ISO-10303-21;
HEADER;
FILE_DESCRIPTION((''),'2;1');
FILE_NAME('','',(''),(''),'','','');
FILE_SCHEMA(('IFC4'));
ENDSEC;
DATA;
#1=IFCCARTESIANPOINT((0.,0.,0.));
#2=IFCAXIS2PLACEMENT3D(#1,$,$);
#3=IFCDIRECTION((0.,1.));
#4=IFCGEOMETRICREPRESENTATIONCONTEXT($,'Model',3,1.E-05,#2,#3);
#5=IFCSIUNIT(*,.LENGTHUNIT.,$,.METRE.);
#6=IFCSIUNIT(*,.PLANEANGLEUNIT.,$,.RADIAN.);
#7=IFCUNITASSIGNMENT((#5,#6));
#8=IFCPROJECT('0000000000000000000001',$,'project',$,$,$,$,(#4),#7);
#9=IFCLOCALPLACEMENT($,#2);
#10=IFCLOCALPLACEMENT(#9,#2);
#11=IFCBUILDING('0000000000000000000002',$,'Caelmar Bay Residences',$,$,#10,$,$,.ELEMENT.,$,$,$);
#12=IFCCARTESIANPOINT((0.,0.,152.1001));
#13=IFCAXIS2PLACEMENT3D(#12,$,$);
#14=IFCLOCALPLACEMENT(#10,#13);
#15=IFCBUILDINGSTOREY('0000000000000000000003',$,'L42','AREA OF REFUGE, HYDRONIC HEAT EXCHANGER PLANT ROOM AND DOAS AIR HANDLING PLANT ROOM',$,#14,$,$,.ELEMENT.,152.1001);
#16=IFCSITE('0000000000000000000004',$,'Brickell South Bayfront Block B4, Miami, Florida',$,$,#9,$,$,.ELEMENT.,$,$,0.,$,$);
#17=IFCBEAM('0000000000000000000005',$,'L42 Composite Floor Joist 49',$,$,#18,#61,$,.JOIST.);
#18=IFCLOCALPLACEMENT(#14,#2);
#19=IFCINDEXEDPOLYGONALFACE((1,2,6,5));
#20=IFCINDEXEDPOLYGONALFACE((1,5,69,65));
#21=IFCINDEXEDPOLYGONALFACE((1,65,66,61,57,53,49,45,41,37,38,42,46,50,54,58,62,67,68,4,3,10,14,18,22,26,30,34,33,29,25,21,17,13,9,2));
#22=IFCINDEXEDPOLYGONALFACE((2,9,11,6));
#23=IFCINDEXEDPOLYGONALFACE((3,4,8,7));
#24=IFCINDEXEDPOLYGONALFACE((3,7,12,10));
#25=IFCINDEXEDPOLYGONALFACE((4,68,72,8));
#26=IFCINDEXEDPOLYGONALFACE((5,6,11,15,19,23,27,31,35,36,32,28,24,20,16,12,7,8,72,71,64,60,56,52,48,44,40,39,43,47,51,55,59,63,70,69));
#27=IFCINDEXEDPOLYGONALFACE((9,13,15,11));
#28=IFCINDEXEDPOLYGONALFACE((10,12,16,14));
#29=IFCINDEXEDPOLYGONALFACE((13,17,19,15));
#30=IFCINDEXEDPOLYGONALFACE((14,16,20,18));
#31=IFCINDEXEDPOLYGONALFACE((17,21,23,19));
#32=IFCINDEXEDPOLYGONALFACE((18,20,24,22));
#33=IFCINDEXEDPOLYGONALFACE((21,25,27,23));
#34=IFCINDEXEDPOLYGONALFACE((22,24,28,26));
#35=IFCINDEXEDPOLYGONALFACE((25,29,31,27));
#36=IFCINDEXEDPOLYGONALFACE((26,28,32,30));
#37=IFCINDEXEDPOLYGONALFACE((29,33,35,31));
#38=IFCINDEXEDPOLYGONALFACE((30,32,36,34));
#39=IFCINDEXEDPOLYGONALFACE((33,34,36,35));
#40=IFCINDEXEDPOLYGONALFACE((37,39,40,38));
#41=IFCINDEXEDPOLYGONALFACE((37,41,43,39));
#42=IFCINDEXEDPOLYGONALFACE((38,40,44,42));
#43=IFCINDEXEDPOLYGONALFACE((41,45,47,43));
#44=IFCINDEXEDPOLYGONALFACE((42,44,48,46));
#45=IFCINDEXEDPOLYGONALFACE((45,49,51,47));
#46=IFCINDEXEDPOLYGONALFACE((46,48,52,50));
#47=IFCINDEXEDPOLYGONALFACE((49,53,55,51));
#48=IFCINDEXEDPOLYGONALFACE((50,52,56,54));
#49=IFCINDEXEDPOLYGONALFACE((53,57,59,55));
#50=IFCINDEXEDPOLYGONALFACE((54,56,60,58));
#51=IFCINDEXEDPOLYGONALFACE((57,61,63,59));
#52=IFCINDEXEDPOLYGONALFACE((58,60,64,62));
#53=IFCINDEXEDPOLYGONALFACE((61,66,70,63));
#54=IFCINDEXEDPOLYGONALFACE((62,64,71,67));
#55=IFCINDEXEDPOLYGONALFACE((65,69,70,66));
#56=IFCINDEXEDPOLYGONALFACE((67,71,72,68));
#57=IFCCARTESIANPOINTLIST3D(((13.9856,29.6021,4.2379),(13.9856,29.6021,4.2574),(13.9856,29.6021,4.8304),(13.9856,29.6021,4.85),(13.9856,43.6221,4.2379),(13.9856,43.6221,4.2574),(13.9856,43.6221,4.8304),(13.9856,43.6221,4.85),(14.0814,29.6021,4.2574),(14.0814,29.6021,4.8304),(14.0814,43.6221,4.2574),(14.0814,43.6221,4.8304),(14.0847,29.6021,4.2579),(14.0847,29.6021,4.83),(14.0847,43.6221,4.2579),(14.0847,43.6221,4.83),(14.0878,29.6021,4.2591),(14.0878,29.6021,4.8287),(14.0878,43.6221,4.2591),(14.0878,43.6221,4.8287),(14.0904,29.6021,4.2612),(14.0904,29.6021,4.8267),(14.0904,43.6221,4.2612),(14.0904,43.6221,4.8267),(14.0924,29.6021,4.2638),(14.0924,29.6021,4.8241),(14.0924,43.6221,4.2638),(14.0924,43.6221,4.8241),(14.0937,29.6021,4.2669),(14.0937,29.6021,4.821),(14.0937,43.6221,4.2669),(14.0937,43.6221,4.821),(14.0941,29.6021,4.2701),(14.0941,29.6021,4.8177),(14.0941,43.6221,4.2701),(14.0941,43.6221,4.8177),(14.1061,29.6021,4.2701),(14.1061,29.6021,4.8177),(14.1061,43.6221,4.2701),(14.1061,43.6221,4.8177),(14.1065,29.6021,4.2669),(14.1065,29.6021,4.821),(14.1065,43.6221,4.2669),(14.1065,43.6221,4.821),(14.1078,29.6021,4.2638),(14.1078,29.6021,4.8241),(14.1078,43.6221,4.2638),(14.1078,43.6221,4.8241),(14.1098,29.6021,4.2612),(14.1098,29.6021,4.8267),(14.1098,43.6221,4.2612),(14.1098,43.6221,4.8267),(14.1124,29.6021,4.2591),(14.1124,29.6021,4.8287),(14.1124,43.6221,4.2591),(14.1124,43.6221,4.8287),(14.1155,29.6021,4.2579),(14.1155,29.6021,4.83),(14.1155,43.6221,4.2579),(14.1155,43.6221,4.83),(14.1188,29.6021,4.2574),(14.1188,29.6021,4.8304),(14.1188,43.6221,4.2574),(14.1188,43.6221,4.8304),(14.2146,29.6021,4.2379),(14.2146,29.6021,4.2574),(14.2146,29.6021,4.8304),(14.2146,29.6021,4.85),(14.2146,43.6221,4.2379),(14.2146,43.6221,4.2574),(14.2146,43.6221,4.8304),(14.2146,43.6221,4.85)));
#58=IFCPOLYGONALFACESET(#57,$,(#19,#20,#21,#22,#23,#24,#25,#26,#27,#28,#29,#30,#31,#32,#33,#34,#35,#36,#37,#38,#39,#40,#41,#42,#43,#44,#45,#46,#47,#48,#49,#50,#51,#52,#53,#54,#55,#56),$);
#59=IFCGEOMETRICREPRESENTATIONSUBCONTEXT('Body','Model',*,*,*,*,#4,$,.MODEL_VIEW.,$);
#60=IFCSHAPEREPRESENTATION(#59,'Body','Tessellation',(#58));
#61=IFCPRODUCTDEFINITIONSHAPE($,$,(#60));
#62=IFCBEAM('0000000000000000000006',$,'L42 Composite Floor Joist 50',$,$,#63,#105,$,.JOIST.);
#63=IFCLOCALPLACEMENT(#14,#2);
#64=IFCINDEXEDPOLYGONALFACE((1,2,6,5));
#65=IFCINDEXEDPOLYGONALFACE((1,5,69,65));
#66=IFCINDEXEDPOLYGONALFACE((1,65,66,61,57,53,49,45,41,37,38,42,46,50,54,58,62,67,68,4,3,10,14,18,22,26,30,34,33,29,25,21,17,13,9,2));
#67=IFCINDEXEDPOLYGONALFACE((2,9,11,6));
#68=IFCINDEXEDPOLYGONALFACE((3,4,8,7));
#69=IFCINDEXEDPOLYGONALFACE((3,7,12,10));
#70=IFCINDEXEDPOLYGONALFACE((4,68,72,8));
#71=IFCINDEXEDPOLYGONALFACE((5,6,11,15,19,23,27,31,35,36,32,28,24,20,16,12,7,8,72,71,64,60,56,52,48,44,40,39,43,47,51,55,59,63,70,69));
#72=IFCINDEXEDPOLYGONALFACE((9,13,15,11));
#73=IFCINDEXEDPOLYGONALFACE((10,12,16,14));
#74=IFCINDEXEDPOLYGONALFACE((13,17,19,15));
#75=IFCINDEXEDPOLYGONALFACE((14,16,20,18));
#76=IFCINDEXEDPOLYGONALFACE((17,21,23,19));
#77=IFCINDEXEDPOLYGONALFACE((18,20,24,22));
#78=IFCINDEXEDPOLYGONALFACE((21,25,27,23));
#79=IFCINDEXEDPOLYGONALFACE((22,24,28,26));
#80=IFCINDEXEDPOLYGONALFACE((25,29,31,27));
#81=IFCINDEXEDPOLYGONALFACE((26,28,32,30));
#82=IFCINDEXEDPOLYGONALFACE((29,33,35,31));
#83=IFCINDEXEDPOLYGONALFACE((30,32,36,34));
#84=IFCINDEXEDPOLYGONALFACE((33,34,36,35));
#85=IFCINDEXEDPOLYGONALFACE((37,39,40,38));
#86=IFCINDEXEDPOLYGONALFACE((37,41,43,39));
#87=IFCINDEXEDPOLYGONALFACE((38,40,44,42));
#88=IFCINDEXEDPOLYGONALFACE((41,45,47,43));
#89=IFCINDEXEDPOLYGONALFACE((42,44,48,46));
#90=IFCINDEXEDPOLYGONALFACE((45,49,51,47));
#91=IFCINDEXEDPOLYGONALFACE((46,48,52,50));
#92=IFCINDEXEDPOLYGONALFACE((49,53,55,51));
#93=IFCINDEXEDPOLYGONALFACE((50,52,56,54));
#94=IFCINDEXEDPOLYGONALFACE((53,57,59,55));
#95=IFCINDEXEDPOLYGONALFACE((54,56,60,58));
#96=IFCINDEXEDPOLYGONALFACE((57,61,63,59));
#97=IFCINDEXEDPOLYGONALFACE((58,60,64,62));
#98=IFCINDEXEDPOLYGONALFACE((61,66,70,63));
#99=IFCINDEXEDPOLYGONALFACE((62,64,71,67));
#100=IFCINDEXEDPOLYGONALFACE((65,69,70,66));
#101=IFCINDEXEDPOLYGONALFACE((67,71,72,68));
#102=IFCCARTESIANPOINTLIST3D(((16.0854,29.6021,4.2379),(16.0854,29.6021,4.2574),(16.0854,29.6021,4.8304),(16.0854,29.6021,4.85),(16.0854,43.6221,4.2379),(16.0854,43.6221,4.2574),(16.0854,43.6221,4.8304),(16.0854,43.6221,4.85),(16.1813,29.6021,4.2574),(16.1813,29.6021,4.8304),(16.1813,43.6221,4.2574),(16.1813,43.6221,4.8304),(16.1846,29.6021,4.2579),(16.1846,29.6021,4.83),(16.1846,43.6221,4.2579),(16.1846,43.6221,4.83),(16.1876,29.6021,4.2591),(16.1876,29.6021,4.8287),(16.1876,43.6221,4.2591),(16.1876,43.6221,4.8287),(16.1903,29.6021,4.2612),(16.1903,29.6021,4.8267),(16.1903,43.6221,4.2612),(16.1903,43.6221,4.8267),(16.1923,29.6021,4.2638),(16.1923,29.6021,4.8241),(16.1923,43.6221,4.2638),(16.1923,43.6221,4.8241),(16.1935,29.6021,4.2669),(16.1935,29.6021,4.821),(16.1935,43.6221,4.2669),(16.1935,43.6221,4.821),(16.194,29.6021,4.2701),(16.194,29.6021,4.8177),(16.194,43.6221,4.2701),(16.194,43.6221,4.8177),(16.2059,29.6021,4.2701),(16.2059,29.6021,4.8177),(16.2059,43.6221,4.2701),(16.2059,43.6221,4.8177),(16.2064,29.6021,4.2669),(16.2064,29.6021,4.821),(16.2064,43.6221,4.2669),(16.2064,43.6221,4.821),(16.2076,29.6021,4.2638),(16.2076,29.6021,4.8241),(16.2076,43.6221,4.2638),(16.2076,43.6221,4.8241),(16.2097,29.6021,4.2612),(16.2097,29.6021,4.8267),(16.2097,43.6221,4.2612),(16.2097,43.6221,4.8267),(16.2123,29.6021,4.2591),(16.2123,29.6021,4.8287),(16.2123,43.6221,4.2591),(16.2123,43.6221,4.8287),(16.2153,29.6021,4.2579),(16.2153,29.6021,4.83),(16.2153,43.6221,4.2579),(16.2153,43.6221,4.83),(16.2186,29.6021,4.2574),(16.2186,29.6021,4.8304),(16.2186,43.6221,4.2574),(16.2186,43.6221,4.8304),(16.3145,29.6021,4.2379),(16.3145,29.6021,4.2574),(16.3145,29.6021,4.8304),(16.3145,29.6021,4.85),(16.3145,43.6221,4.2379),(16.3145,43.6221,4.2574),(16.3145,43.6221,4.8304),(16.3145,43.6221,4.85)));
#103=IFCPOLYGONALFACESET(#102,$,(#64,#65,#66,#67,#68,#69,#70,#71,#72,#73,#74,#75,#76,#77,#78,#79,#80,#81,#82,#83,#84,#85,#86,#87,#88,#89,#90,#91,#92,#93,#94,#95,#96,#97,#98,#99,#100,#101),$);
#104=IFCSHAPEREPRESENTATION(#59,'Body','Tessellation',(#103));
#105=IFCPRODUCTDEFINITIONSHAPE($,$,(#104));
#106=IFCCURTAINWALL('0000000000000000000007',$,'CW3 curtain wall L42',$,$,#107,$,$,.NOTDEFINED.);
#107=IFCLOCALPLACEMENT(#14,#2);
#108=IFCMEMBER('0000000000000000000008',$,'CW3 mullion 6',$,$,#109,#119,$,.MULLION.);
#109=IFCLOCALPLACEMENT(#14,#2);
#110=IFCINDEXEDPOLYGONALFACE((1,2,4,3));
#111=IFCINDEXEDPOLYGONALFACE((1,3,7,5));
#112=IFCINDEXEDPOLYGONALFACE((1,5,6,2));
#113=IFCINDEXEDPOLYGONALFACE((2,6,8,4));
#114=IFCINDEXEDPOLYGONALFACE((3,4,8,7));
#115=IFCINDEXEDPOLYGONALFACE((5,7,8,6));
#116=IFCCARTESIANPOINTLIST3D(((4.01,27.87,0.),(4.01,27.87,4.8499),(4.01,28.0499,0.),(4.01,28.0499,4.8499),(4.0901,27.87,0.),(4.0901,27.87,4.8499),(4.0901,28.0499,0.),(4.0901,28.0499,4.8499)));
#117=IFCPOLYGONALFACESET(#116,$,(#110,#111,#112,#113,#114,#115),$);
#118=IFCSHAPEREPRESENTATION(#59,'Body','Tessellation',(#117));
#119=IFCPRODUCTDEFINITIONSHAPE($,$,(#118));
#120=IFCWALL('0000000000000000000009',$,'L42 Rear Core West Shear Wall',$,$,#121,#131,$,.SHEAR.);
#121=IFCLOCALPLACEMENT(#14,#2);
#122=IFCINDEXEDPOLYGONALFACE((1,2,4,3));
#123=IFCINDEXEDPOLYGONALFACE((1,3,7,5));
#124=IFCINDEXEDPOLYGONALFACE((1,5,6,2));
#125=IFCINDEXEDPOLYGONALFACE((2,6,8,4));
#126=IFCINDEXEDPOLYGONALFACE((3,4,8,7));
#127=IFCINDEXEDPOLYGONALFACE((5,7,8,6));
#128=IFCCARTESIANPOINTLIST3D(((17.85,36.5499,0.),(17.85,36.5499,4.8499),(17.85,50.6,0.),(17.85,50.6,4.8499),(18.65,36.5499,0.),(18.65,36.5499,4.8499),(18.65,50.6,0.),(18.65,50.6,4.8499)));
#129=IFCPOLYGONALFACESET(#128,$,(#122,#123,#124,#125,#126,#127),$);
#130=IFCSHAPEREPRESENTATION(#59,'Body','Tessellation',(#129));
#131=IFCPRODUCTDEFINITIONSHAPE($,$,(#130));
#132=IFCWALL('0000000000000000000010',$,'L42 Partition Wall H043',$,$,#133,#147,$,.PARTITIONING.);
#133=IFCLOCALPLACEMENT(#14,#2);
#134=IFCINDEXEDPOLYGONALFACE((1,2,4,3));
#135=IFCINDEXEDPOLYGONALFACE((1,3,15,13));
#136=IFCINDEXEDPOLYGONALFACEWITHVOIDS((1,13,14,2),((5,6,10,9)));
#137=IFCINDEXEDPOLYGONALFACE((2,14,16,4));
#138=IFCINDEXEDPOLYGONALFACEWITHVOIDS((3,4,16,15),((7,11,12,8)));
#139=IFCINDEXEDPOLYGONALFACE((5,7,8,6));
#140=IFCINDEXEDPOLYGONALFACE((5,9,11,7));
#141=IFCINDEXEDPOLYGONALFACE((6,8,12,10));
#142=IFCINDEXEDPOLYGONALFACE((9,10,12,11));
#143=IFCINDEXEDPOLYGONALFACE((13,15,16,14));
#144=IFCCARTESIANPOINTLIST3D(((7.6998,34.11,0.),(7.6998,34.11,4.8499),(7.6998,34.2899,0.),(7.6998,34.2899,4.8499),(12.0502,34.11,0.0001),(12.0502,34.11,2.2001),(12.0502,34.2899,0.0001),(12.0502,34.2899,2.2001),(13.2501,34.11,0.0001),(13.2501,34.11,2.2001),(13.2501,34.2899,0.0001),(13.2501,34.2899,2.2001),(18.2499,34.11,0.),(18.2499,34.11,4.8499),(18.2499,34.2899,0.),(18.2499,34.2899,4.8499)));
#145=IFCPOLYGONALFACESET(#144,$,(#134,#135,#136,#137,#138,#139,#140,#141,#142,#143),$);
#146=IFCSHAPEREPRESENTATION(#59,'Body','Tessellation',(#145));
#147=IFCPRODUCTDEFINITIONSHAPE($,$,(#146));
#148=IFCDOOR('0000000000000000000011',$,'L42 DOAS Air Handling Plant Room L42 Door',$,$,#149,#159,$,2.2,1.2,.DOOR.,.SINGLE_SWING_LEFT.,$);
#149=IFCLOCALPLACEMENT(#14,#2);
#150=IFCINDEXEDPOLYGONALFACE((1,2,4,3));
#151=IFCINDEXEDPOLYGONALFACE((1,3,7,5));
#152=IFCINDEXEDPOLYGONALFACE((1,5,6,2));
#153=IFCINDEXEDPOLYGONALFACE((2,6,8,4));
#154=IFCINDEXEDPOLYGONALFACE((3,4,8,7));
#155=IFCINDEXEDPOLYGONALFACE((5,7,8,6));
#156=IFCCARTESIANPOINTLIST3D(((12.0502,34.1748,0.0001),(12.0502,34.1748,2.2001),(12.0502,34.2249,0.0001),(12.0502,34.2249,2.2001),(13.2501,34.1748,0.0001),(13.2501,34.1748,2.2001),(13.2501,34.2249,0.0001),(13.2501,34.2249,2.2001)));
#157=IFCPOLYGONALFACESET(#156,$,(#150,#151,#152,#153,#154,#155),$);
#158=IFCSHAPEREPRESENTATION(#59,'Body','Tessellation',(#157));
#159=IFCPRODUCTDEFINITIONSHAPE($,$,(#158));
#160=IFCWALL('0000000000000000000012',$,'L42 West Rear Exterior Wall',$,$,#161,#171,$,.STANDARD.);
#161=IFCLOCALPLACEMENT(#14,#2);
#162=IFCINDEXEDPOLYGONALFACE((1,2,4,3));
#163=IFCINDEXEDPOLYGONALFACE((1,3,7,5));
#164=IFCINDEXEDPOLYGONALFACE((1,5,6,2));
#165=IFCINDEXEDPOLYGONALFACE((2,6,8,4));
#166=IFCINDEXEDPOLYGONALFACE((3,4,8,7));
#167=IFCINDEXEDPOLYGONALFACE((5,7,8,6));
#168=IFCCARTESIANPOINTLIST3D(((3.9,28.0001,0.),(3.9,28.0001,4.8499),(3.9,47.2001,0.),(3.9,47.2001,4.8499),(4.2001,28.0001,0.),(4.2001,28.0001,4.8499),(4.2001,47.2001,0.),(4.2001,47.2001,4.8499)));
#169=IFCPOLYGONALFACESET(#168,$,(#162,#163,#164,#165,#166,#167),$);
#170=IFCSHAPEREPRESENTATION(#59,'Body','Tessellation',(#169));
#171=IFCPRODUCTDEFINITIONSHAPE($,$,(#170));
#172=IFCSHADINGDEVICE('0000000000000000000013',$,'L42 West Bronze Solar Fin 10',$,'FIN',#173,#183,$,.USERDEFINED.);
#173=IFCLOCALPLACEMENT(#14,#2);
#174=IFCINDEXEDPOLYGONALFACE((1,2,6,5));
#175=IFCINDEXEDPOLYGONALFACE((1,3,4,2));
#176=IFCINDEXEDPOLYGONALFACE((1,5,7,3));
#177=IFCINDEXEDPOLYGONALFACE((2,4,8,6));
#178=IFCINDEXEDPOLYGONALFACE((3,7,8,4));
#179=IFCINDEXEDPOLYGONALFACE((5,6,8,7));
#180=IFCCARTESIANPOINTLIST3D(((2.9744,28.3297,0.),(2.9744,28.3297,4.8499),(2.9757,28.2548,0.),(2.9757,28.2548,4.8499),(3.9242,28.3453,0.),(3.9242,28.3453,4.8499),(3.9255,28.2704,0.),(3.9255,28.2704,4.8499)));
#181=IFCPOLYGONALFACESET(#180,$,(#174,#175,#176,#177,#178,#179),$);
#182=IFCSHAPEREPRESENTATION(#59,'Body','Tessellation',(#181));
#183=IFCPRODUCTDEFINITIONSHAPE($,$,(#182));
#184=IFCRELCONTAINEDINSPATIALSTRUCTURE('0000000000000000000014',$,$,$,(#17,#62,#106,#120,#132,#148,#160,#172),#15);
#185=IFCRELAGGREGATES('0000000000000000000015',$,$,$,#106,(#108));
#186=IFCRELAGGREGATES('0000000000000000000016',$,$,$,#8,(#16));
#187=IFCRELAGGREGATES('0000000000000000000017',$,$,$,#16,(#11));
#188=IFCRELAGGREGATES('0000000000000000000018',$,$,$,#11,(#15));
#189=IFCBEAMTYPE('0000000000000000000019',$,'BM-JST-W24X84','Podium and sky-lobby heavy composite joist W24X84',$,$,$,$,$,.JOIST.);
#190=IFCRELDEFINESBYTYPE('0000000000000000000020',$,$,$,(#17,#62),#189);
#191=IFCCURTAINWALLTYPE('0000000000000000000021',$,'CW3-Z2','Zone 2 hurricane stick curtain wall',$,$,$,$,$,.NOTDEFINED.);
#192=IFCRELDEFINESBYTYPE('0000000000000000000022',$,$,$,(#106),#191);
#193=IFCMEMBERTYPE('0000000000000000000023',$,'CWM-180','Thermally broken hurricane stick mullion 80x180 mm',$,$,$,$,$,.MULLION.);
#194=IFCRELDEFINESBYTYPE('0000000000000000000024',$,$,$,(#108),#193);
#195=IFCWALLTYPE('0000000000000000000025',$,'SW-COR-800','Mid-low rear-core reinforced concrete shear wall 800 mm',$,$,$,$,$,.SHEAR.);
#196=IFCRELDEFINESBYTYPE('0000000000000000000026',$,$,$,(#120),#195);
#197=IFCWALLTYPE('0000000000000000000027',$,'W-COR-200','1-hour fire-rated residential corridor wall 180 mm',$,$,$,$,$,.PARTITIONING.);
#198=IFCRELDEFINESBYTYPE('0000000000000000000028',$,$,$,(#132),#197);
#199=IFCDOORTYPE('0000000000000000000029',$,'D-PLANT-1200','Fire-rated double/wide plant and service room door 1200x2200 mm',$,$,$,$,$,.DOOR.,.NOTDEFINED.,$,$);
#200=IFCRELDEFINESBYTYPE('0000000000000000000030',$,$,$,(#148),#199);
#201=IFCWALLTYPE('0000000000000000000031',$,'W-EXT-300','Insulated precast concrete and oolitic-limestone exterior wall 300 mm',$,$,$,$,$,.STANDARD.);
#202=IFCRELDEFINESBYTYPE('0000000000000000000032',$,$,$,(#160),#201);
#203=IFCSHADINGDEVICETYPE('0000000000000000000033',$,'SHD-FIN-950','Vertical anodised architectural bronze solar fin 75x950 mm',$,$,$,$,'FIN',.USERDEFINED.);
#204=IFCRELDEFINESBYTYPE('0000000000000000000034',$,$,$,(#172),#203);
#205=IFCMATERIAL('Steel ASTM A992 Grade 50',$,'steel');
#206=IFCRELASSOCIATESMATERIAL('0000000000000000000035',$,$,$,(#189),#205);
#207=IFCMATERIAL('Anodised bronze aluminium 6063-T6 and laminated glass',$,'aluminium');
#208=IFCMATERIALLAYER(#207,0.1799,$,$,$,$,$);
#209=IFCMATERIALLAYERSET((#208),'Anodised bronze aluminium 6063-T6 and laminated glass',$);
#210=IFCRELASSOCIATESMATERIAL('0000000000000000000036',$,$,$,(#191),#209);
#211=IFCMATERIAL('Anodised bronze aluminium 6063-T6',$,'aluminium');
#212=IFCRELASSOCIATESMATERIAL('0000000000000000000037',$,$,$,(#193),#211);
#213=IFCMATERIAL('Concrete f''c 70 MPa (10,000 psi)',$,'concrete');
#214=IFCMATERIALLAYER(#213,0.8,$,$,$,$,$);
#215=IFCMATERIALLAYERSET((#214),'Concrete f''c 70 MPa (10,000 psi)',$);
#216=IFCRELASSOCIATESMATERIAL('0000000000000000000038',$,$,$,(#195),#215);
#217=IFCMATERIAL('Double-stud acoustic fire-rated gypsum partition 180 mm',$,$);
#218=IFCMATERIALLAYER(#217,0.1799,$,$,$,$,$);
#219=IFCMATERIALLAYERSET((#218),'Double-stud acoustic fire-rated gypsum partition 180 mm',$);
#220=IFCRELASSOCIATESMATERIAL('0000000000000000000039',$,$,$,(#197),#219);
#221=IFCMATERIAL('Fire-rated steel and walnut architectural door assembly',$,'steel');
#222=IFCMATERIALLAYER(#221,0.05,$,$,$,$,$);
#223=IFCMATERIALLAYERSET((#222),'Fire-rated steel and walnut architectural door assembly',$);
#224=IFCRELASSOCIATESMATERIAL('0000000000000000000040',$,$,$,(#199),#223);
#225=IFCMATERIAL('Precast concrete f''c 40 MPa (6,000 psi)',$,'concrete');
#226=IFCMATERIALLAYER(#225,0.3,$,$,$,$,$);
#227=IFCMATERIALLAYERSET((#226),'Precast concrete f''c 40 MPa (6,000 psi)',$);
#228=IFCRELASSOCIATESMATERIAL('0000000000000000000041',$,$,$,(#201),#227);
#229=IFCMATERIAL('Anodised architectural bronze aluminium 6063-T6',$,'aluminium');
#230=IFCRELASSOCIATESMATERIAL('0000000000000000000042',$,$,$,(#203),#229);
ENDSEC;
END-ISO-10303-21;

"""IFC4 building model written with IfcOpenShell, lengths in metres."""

from ifc_helpers import new_model, si_unit, direction, frame, frame_2d, origin, origin_2d, place, context, subcontext, project, spatial, rectangle, i_section, extrude, material, layer, layer_set, material_profile, profile_set, type_object, element, fill, aggregate, save


model = new_model("IFC4")

# Units and contexts
model_context = context("Model", 3, precision=1e-05, world=origin(), true_north=direction((0.0, 1.0)))
body_context = subcontext(model_context, "Body", "Model", "MODEL_VIEW")
ifc_project = project(units=[si_unit("LENGTHUNIT", "METRE"), si_unit("PLANEANGLEUNIT", "RADIAN")], contexts=[model_context])

# Site, building, storey
site_placement = place(None, origin())
site = spatial("IfcSite", under=ifc_project, at=site_placement, Name="Brickell South Bayfront Block B4, Miami, Florida", CompositionType="ELEMENT", RefElevation=0.0)
building_placement = place(site_placement, origin())
building = spatial("IfcBuilding", under=site, at=building_placement, Name="Caelmar Bay Residences", CompositionType="ELEMENT")
storey_placement = place(building_placement, frame((0.0, 0.0, 152.1001)))
storey = spatial("IfcBuildingStorey", under=building, at=storey_placement, Name="L42", Description="AREA OF REFUGE, HYDRONIC HEAT EXCHANGER PLANT ROOM AND DOAS AIR HANDLING PLANT ROOM", CompositionType="ELEMENT", Elevation=152.1001)

# Shared definitions
ifc_material_1 = material(Name="Concrete f'c 70 MPa (10,000 psi)", Category="concrete")

# Beams
ifc_material_2 = material(Name="Steel ASTM A992 Grade 50", Category="steel")
ifc_material_profile_1 = material_profile(ifc_material_2, i_section(OverallWidth=0.229, OverallDepth=0.6121, WebThickness=0.012, FlangeThickness=0.0195, FilletRadius=0.0127, at=origin_2d()), Name="W24X84")
ifc_profile_set_1 = profile_set([ifc_material_profile_1], Name="Steel ASTM A992 Grade 50")
beam_type_1 = type_object("IfcBeamType", Name="BM-JST-W24X84", Description="Podium and sky-lobby heavy composite joist W24X84", PredefinedType="JOIST", material=ifc_profile_set_1)
for number, where, z_axis, x_axis, name in (
    (1, (14.1001, 29.6021, 4.5439), (0.0, 1.0, 0.0), (-1.0, 0.0, 0.0), "L42 Composite Floor Joist 49"),
    (2, (16.2, 29.6021, 4.5439), (0.0, 1.0, 0.0), (-1.0, 0.0, 0.0), "L42 Composite Floor Joist 50"),
):
    element("IfcBeam", number, at=place(storey_placement, frame(where, z_axis=z_axis, x_axis=x_axis)), inside=storey, type_object=beam_type_1, Name=name, PredefinedType="JOIST", context=body_context, shape_type="SweptSolid", body=[
        extrude(i_section(OverallWidth=0.229, OverallDepth=0.6121, WebThickness=0.012, FlangeThickness=0.0195, FilletRadius=0.0127, at=origin_2d()), origin(), (0.0, 0.0, 1.0), 14.02),
    ])

# Curtain wall, member
ifc_material_3 = material(Name="Anodised bronze aluminium 6063-T6 and laminated glass", Category="aluminium")
ifc_layer_1 = layer(ifc_material_3, 0.1799)
ifc_layer_set_1 = layer_set([ifc_layer_1], Name="Anodised bronze aluminium 6063-T6 and laminated glass")
curtain_wall_type = type_object("IfcCurtainWallType", Name="CW3-Z2", Description="Zone 2 hurricane stick curtain wall", PredefinedType="NOTDEFINED", material=ifc_layer_set_1)
curtain_wall_placement = place(storey_placement, origin())
curtain_wall = element("IfcCurtainWall", 3, at=curtain_wall_placement, inside=storey, type_object=curtain_wall_type, Name="CW3 curtain wall L42", PredefinedType="NOTDEFINED")
ifc_material_4 = material(Name="Anodised bronze aluminium 6063-T6", Category="aluminium")
ifc_material_profile_2 = material_profile(ifc_material_4, rectangle(XDim=0.0801, YDim=0.1799, at=origin_2d()), Name="CWM-80X180")
ifc_profile_set_2 = profile_set([ifc_material_profile_2], Name="Anodised bronze aluminium 6063-T6")
member_type = type_object("IfcMemberType", Name="CWM-180", Description="Thermally broken hurricane stick mullion 80x180 mm", PredefinedType="MULLION", material=ifc_profile_set_2)
member_placement = place(storey_placement, frame((4.05, 27.96, 0.0), z_axis=(0.0, 0.0, 1.0), x_axis=(-1.0, 0.0, 0.0)))
member = element("IfcMember", 4, at=member_placement, type_object=member_type, Name="CW3 mullion 6", PredefinedType="MULLION", context=body_context, shape_type="SweptSolid", body=[
    extrude(rectangle(XDim=0.0801, YDim=0.1799, at=origin_2d()), origin(), (0.0, 0.0, 1.0), 4.8499),
])
aggregate(curtain_wall, [member])

# Wall
ifc_layer_2 = layer(ifc_material_1, 0.8)
ifc_layer_set_2 = layer_set([ifc_layer_2], Name="Concrete f'c 70 MPa (10,000 psi)")
wall_type_1 = type_object("IfcWallType", Name="SW-COR-800", Description="Mid-low rear-core reinforced concrete shear wall 800 mm", PredefinedType="SHEAR", material=ifc_layer_set_2)
wall_1_placement = place(storey_placement, frame((18.25, 36.55, 0.0), z_axis=(0.0, 0.0, 1.0), x_axis=(0.0, 1.0, 0.0)))
element("IfcWall", 5, at=wall_1_placement, inside=storey, type_object=wall_type_1, Name="L42 Rear Core West Shear Wall", PredefinedType="SHEAR", context=body_context, shape_type="SweptSolid", body=[
    extrude(rectangle(XDim=14.05, YDim=0.8, at=frame_2d((7.0249, 0.0))), origin(), (0.0, 0.0, 1.0), 4.8499),
])

# Wall, opening, door
ifc_material_5 = material(Name="Double-stud acoustic fire-rated gypsum partition 180 mm")
ifc_layer_3 = layer(ifc_material_5, 0.1799)
ifc_layer_set_3 = layer_set([ifc_layer_3], Name="Double-stud acoustic fire-rated gypsum partition 180 mm")
wall_type_2 = type_object("IfcWallType", Name="W-COR-200", Description="1-hour fire-rated residential corridor wall 180 mm", PredefinedType="PARTITIONING", material=ifc_layer_set_3)
wall_2_placement = place(storey_placement, frame((7.7, 34.2, 0.0), z_axis=(0.0, 0.0, 1.0), x_axis=(1.0, 0.0, 0.0)))
wall_2 = element("IfcWall", 6, at=wall_2_placement, inside=storey, type_object=wall_type_2, Name="L42 Partition Wall H043", PredefinedType="PARTITIONING", context=body_context, shape_type="SweptSolid", body=[
    extrude(rectangle(XDim=10.55, YDim=0.1799, at=frame_2d((5.2749, 0.0))), origin(), (0.0, 0.0, 1.0), 4.8499),
])
opening_placement = place(wall_2_placement, frame((4.3501, 0.0, 0.0)))
opening = element("IfcOpeningElement", 7, at=opening_placement, cuts=wall_2, PredefinedType="OPENING", context=body_context, shape_type="SweptSolid", body=[
    extrude(rectangle(XDim=1.2, YDim=2.2, at=frame_2d((0.6001, 1.1001))), frame((0.0, 0.0999, 0.0), z_axis=(0.0, -1.0, 0.0), x_axis=(1.0, 0.0, 0.0)), (0.0, 0.0, 1.0), 0.2),
])
ifc_material_6 = material(Name="Fire-rated steel and walnut architectural door assembly", Category="steel")
ifc_layer_4 = layer(ifc_material_6, 0.05)
ifc_layer_set_4 = layer_set([ifc_layer_4], Name="Fire-rated steel and walnut architectural door assembly")
door_type = type_object("IfcDoorType", Name="D-PLANT-1200", Description="Fire-rated double/wide plant and service room door 1200x2200 mm", OperationType="NOTDEFINED", PredefinedType="DOOR", material=ifc_layer_set_4)
door_placement = place(opening_placement, origin())
door = element("IfcDoor", 8, at=door_placement, inside=storey, type_object=door_type, Name="L42 DOAS Air Handling Plant Room L42 Door", OperationType="SINGLE_SWING_LEFT", OverallHeight=2.2, OverallWidth=1.2, PredefinedType="DOOR", context=body_context, shape_type="SweptSolid", body=[
    extrude(rectangle(XDim=1.2, YDim=2.2, at=frame_2d((0.6001, 1.1001))), frame((0.0, 0.0249, 0.0), z_axis=(0.0, -1.0, 0.0), x_axis=(1.0, 0.0, 0.0)), (0.0, 0.0, 1.0), 0.05),
])
fill(opening, door)

# Wall
ifc_material_7 = material(Name="Precast concrete f'c 40 MPa (6,000 psi)", Category="concrete")
ifc_layer_5 = layer(ifc_material_7, 0.3)
ifc_layer_set_5 = layer_set([ifc_layer_5], Name="Precast concrete f'c 40 MPa (6,000 psi)")
wall_type_3 = type_object("IfcWallType", Name="W-EXT-300", Description="Insulated precast concrete and oolitic-limestone exterior wall 300 mm", PredefinedType="STANDARD", material=ifc_layer_set_5)
wall_3_placement = place(storey_placement, frame((4.05, 28.0, 0.0), z_axis=(0.0, 0.0, 1.0), x_axis=(0.0, 1.0, 0.0)))
element("IfcWall", 9, at=wall_3_placement, inside=storey, type_object=wall_type_3, Name="L42 West Rear Exterior Wall", PredefinedType="STANDARD", context=body_context, shape_type="SweptSolid", body=[
    extrude(rectangle(XDim=19.2, YDim=0.3, at=frame_2d((9.6001, 0.0))), origin(), (0.0, 0.0, 1.0), 4.8499),
])

# Shading device
ifc_material_8 = material(Name="Anodised architectural bronze aluminium 6063-T6", Category="aluminium")
ifc_material_profile_3 = material_profile(ifc_material_8, rectangle(XDim=0.075, YDim=0.95, at=origin_2d()), Name="BRONZE-FIN-75X950")
ifc_profile_set_3 = profile_set([ifc_material_profile_3], Name="Anodised architectural bronze aluminium 6063-T6")
shading_device_type = type_object("IfcShadingDeviceType", Name="SHD-FIN-950", Description="Vertical anodised architectural bronze solar fin 75x950 mm", ElementType="FIN", PredefinedType="USERDEFINED", material=ifc_profile_set_3)
for number, where, z_axis, x_axis, name in (
    (10, (3.45, 28.3, 0.0), (0.0, 0.0, 1.0), (-0.016405, 0.999865, 0.0), "L42 West Bronze Solar Fin 10"),
):
    element("IfcShadingDevice", number, at=place(storey_placement, frame(where, z_axis=z_axis, x_axis=x_axis)), inside=storey, type_object=shading_device_type, Name=name, ObjectType="FIN", PredefinedType="USERDEFINED", context=body_context, shape_type="SweptSolid", body=[
        extrude(rectangle(XDim=0.075, YDim=0.95, at=origin_2d()), origin(), (0.0, 0.0, 1.0), 4.8499),
    ])

save(model, "model.ifc")
